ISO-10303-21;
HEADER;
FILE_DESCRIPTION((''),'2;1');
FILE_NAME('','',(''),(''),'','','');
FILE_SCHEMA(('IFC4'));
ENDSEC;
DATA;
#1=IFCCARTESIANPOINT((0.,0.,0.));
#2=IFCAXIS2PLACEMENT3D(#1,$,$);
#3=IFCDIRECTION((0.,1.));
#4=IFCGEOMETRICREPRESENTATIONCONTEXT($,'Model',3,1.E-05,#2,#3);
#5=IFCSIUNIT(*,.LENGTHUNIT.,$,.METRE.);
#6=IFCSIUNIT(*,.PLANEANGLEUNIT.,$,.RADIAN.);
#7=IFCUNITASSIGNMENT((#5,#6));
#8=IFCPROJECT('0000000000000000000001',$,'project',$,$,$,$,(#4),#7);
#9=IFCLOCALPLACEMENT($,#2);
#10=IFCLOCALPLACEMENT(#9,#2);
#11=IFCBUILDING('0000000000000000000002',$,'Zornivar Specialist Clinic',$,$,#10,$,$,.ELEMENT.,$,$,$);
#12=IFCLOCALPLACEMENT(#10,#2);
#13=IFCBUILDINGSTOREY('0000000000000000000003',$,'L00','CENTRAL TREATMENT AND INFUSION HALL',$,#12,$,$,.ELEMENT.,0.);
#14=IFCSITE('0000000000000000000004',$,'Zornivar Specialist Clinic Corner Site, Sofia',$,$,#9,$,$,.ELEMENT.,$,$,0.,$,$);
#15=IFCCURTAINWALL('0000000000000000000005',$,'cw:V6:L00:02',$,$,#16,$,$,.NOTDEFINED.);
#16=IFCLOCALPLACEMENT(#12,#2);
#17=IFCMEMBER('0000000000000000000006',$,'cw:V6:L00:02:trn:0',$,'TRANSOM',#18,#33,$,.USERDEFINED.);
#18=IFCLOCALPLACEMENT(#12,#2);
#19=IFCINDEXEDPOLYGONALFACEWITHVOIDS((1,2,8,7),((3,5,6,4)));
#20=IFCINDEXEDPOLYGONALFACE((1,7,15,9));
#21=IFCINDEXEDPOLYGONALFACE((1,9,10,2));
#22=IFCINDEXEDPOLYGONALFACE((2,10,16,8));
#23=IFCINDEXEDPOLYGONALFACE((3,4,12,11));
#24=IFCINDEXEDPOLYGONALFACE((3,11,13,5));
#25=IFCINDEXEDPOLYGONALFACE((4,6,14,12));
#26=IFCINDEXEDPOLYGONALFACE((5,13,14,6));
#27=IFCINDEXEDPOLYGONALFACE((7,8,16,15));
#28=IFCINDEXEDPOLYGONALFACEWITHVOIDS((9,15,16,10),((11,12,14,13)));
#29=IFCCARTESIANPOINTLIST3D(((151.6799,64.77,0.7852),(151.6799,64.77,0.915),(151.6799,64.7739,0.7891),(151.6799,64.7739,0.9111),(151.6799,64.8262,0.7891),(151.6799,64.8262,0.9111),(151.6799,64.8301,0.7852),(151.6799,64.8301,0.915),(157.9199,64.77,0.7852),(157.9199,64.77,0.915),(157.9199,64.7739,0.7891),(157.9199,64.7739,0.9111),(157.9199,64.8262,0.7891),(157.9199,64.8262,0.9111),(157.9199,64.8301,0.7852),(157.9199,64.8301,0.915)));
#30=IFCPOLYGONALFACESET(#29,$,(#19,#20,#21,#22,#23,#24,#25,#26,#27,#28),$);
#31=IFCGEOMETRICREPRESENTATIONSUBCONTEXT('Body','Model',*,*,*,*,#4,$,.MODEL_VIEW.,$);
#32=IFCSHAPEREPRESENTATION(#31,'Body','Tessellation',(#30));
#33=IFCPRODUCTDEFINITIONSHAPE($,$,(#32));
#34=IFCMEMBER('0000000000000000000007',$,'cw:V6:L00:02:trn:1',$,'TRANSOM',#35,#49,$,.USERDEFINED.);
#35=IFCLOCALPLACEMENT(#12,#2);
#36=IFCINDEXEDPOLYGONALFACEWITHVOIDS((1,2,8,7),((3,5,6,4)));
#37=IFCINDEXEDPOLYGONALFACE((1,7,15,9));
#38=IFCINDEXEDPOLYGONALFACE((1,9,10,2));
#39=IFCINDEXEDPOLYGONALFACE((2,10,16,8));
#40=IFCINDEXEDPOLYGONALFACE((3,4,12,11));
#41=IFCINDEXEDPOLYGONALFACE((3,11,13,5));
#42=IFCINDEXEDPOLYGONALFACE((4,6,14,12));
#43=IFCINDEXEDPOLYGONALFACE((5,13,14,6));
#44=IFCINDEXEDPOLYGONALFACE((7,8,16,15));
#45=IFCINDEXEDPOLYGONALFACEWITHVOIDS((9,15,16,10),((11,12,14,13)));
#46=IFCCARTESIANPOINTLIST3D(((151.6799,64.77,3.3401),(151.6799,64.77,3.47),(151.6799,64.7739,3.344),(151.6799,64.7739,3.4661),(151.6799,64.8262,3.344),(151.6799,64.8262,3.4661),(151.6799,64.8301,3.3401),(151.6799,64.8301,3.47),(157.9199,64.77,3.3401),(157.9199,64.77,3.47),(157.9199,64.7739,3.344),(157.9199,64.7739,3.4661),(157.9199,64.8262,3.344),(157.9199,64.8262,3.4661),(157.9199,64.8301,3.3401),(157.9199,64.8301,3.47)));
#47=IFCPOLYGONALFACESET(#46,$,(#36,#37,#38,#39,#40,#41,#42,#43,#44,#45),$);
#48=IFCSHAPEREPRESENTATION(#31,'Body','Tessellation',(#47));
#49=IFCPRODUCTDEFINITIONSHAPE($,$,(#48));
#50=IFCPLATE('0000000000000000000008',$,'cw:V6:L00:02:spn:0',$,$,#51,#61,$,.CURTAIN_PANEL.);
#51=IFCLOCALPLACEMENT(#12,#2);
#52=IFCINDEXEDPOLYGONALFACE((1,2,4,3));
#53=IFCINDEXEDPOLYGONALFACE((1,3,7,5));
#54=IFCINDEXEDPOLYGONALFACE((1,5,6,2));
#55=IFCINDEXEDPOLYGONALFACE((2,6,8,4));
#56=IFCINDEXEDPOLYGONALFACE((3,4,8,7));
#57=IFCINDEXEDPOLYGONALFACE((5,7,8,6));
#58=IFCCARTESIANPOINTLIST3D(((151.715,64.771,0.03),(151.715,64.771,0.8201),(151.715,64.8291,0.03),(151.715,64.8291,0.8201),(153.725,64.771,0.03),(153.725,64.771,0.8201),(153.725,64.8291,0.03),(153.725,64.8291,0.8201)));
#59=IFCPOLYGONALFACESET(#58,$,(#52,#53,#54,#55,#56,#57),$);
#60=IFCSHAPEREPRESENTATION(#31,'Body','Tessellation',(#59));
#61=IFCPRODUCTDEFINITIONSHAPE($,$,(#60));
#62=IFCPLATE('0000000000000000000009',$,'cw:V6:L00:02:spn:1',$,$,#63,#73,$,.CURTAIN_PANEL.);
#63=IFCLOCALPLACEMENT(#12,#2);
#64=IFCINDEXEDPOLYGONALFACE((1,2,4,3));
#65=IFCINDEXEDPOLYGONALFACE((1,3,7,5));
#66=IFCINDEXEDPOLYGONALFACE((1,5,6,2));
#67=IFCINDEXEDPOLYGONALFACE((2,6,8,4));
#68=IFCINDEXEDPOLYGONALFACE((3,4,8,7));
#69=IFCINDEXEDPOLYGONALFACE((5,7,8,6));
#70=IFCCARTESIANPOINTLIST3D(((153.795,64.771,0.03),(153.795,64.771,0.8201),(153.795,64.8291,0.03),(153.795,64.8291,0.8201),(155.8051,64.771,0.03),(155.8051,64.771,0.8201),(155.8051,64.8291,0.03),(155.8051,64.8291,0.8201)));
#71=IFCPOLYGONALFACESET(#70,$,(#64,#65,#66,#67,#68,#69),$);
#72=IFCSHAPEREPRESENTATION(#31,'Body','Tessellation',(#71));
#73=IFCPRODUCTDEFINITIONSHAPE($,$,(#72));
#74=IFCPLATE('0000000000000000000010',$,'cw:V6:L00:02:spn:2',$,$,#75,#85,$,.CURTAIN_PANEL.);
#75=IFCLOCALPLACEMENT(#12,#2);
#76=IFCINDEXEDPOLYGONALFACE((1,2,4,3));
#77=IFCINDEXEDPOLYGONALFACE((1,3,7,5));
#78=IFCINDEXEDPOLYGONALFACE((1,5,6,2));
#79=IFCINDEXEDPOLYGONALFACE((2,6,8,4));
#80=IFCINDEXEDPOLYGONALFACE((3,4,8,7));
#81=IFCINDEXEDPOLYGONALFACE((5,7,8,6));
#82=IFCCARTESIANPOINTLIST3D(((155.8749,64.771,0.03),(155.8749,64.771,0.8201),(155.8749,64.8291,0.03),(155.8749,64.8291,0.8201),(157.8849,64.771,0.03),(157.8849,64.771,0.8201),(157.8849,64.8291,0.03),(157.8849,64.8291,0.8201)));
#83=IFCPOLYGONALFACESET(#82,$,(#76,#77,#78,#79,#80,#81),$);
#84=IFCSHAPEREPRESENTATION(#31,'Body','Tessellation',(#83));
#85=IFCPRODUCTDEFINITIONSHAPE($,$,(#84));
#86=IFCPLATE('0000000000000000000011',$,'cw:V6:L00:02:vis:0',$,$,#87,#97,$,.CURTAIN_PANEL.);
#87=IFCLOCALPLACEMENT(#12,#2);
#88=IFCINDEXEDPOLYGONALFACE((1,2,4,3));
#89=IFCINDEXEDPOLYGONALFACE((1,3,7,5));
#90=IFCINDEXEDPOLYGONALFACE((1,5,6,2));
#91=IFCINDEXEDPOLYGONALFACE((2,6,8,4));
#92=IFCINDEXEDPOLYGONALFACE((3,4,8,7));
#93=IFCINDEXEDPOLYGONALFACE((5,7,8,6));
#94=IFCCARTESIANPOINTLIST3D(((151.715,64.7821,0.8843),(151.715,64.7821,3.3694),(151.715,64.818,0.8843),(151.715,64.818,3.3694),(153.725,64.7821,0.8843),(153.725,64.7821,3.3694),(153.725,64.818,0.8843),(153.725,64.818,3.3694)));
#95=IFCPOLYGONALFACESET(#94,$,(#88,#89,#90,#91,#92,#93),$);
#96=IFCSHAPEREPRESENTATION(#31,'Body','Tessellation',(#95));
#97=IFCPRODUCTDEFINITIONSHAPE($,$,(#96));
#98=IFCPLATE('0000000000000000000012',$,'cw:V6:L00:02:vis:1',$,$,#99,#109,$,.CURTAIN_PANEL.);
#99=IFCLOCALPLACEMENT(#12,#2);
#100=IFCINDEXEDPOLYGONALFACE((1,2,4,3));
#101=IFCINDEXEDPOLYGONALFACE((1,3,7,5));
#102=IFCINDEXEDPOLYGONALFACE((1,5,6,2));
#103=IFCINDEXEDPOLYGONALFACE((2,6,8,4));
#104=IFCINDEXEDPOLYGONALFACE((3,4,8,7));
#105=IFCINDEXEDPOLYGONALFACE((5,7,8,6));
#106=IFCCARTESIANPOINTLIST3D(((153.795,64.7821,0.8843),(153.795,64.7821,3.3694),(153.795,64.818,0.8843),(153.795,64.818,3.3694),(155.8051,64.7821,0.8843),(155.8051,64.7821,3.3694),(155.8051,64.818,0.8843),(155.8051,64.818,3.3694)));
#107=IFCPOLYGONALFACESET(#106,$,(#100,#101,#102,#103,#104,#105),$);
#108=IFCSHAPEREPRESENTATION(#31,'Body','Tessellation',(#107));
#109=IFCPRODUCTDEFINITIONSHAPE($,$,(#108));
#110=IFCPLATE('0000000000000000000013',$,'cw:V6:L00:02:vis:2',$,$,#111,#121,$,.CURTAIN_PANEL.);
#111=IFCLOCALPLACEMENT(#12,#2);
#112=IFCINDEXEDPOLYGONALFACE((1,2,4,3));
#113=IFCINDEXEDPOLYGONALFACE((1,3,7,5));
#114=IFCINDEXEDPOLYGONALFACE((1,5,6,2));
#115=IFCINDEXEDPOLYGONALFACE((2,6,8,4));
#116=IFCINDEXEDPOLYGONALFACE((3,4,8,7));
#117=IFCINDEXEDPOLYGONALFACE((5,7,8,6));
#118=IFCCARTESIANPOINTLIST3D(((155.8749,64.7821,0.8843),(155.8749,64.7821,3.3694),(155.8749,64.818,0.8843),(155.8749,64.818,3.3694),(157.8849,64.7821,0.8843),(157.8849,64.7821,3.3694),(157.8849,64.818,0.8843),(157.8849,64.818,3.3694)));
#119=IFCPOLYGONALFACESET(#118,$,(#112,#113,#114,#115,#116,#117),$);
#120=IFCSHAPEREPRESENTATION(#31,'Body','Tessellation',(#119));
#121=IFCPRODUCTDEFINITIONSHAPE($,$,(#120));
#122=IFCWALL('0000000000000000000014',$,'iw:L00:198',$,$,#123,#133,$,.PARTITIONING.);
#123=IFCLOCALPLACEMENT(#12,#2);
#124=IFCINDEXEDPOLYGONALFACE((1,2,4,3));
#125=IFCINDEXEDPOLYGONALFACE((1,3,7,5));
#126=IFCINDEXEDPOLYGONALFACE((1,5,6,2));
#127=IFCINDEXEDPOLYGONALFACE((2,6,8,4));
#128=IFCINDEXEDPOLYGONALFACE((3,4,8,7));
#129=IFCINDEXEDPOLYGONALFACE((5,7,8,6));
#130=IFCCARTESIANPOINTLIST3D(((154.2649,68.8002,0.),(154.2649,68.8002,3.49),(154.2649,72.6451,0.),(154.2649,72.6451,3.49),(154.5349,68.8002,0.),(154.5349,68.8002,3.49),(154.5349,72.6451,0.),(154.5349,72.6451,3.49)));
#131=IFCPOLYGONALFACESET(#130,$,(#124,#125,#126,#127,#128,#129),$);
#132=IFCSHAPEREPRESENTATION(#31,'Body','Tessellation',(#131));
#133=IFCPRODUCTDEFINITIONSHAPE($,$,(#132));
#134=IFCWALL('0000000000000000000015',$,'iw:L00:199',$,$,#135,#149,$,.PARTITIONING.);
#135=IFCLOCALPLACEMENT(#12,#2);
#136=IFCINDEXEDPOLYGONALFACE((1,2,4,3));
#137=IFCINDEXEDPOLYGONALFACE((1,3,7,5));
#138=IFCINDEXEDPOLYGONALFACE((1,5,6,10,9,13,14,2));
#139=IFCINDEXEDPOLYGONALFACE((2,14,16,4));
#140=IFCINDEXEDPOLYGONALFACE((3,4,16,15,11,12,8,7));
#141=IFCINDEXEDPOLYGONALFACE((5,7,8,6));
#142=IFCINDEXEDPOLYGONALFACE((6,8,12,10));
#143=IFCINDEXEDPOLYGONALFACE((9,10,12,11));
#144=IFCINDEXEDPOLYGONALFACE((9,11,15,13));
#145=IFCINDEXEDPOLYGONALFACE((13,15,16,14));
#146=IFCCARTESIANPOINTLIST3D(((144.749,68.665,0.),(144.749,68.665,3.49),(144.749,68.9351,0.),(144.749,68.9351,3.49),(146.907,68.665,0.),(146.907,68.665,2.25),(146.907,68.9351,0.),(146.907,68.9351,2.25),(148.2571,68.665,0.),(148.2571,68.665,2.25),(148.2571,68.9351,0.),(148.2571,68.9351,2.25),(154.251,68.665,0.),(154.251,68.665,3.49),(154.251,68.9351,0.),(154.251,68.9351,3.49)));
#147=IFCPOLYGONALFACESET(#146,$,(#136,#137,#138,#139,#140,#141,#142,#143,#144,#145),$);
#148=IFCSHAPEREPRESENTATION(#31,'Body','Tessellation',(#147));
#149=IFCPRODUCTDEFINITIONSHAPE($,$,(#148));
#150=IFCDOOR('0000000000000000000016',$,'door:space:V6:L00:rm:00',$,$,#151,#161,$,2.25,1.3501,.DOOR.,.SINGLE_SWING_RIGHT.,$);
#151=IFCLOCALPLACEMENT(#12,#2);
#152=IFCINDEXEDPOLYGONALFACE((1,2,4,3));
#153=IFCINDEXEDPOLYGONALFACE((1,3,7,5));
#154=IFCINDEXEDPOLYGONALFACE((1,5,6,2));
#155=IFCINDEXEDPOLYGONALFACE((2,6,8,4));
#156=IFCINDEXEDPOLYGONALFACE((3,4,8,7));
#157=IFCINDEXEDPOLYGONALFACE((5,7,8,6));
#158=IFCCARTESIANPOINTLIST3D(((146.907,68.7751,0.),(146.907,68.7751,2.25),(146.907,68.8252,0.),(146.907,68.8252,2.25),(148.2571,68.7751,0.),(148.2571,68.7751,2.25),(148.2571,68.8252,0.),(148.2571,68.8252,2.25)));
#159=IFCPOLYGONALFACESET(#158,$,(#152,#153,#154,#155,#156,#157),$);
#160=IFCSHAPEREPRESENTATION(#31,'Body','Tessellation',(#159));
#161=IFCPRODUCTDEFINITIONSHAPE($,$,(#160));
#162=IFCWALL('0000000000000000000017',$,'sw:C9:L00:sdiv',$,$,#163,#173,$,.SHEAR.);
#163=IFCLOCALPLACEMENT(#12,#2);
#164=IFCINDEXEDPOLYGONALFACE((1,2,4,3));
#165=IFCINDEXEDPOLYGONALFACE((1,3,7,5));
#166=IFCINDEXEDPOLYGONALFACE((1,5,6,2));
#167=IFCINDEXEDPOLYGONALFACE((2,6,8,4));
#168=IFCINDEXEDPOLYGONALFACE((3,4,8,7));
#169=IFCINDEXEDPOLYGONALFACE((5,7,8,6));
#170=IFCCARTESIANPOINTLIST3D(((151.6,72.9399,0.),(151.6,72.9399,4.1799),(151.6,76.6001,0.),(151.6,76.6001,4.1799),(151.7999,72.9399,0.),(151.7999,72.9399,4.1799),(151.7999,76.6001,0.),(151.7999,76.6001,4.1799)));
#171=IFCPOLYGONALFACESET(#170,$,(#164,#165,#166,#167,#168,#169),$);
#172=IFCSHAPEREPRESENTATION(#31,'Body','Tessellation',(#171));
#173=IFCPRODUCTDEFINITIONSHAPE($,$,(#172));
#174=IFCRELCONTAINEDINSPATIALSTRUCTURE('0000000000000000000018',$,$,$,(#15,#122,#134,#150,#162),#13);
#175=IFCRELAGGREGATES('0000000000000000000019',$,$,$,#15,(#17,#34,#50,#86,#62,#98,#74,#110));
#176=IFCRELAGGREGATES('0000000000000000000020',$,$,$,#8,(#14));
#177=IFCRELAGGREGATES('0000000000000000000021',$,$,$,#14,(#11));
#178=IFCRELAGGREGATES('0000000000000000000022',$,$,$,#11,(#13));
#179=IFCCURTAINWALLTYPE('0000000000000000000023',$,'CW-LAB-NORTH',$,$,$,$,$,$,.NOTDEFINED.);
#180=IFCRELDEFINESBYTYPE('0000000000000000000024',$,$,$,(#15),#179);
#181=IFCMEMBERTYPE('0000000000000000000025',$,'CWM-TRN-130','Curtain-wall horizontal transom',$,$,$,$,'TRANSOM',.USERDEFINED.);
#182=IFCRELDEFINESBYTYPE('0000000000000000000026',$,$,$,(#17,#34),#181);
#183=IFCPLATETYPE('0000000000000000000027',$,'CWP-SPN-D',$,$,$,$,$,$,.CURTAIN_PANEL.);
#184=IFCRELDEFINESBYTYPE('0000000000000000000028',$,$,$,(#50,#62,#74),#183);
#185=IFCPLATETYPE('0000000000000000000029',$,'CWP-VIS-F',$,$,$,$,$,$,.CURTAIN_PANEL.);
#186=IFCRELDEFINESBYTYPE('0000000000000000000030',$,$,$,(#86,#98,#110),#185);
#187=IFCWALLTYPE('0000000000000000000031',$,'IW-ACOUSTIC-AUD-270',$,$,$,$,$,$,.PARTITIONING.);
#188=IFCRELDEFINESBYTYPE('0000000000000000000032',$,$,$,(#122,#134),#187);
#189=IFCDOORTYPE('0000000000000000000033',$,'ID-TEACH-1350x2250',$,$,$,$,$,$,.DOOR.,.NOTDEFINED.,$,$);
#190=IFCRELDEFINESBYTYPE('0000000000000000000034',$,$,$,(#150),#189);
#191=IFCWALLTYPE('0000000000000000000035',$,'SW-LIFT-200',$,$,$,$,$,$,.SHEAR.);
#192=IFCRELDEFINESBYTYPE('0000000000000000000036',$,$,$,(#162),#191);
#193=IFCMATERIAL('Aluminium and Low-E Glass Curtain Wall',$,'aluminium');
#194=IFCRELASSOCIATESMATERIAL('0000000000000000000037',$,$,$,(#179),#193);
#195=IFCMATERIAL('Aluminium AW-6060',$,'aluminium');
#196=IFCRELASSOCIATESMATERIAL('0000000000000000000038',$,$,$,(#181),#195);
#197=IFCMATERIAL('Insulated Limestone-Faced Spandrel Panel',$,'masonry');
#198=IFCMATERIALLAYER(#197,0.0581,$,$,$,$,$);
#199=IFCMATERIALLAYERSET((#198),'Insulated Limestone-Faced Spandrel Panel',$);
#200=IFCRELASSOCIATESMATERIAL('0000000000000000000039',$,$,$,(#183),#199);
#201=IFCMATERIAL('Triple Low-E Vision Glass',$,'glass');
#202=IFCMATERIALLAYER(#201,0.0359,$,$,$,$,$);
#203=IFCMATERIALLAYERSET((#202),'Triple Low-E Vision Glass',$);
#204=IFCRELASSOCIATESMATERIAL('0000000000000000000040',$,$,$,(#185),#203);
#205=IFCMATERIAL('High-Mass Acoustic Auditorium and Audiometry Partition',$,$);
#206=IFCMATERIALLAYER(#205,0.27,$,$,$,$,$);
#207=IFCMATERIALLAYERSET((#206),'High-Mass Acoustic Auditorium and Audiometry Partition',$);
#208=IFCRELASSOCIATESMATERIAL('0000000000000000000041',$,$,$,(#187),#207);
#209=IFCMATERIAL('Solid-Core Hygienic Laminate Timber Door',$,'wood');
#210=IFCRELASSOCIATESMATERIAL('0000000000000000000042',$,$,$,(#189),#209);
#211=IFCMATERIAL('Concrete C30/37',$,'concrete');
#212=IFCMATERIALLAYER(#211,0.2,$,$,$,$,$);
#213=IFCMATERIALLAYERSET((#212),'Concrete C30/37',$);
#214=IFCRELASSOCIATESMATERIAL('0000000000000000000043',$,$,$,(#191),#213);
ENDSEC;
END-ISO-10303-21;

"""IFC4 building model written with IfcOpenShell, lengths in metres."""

from ifc_helpers import new_model, si_unit, direction, frame, frame_2d, origin, origin_2d, place, context, subcontext, project, spatial, rectangle, hollow_rectangle, extrude, material, layer, layer_set, material_profile, profile_set, type_object, element, fill, aggregate, save


model = new_model("IFC4")

# Units and contexts
model_context = context("Model", 3, precision=1e-05, world=origin(), true_north=direction((0.0, 1.0)))
body_context = subcontext(model_context, "Body", "Model", "MODEL_VIEW")
ifc_project = project(units=[si_unit("LENGTHUNIT", "METRE"), si_unit("PLANEANGLEUNIT", "RADIAN")], contexts=[model_context])

# Site, building, storey
site_placement = place(None, origin())
site = spatial("IfcSite", under=ifc_project, at=site_placement, Name="Zornivar Specialist Clinic Corner Site, Sofia", CompositionType="ELEMENT", RefElevation=0.0)
building_placement = place(site_placement, origin())
building = spatial("IfcBuilding", under=site, at=building_placement, Name="Zornivar Specialist Clinic", CompositionType="ELEMENT")
storey_placement = place(building_placement, origin())
storey = spatial("IfcBuildingStorey", under=building, at=storey_placement, Name="L00", Description="CENTRAL TREATMENT AND INFUSION HALL", CompositionType="ELEMENT", Elevation=0.0)

# Curtain wall, members, plates
ifc_material_1 = material(Name="Aluminium and Low-E Glass Curtain Wall", Category="aluminium")
curtain_wall_type = type_object("IfcCurtainWallType", Name="CW-LAB-NORTH", PredefinedType="NOTDEFINED", material=ifc_material_1)
curtain_wall_placement = place(storey_placement, origin())
curtain_wall = element("IfcCurtainWall", 1, at=curtain_wall_placement, inside=storey, type_object=curtain_wall_type, Name="cw:V6:L00:02", PredefinedType="NOTDEFINED")
ifc_material_2 = material(Name="Aluminium AW-6060", Category="aluminium")
ifc_material_profile_1 = material_profile(ifc_material_2, hollow_rectangle(XDim=0.0601, YDim=0.1299, WallThickness=0.0039, at=origin_2d()), Name="ALU 60x130x4")
ifc_profile_set_1 = profile_set([ifc_material_profile_1], Name="Aluminium AW-6060")
member_type_1 = type_object("IfcMemberType", Name="CWM-TRN-130", Description="Curtain-wall horizontal transom", ElementType="TRANSOM", PredefinedType="USERDEFINED", material=ifc_profile_set_1)
member_1_placement = place(storey_placement, frame((151.6799, 64.8, 0.8501), z_axis=(1.0, 0.0, 0.0), x_axis=(0.0, 1.0, 0.0)))
member_1 = element("IfcMember", 2, at=member_1_placement, type_object=member_type_1, Name="cw:V6:L00:02:trn:0", ObjectType="TRANSOM", PredefinedType="USERDEFINED", context=body_context, shape_type="SweptSolid", body=[
    extrude(hollow_rectangle(XDim=0.0601, YDim=0.1299, WallThickness=0.0039, at=origin_2d()), origin(), (0.0, 0.0, 1.0), 6.24),
])
member_2_placement = place(storey_placement, frame((151.6799, 64.8, 3.405), z_axis=(1.0, 0.0, 0.0), x_axis=(0.0, 1.0, 0.0)))
member_2 = element("IfcMember", 3, at=member_2_placement, type_object=member_type_1, Name="cw:V6:L00:02:trn:1", ObjectType="TRANSOM", PredefinedType="USERDEFINED", context=body_context, shape_type="SweptSolid", body=[
    extrude(hollow_rectangle(XDim=0.0601, YDim=0.1299, WallThickness=0.0039, at=origin_2d()), origin(), (0.0, 0.0, 1.0), 6.24),
])
ifc_material_3 = material(Name="Insulated Limestone-Faced Spandrel Panel", Category="masonry")
ifc_layer_1 = layer(ifc_material_3, 0.0581)
ifc_layer_set_1 = layer_set([ifc_layer_1], Name="Insulated Limestone-Faced Spandrel Panel")
plate_type_1 = type_object("IfcPlateType", Name="CWP-SPN-D", PredefinedType="CURTAIN_PANEL", material=ifc_layer_set_1)
plate_1_placement = place(storey_placement, frame((152.72, 64.8, 0.03), z_axis=(0.0, 0.0, 1.0), x_axis=(1.0, 0.0, 0.0)))
plate_1 = element("IfcPlate", 4, at=plate_1_placement, type_object=plate_type_1, Name="cw:V6:L00:02:spn:0", PredefinedType="CURTAIN_PANEL", context=body_context, shape_type="SweptSolid", body=[
    extrude(rectangle(XDim=2.01, YDim=0.0581, at=origin_2d()), origin(), (0.0, 0.0, 1.0), 0.79),
])
plate_2_placement = place(storey_placement, frame((154.8, 64.8, 0.03), z_axis=(0.0, 0.0, 1.0), x_axis=(1.0, 0.0, 0.0)))
plate_2 = element("IfcPlate", 5, at=plate_2_placement, type_object=plate_type_1, Name="cw:V6:L00:02:spn:1", PredefinedType="CURTAIN_PANEL", context=body_context, shape_type="SweptSolid", body=[
    extrude(rectangle(XDim=2.01, YDim=0.0581, at=origin_2d()), origin(), (0.0, 0.0, 1.0), 0.79),
])
plate_3_placement = place(storey_placement, frame((156.8799, 64.8, 0.03), z_axis=(0.0, 0.0, 1.0), x_axis=(1.0, 0.0, 0.0)))
plate_3 = element("IfcPlate", 6, at=plate_3_placement, type_object=plate_type_1, Name="cw:V6:L00:02:spn:2", PredefinedType="CURTAIN_PANEL", context=body_context, shape_type="SweptSolid", body=[
    extrude(rectangle(XDim=2.01, YDim=0.0581, at=origin_2d()), origin(), (0.0, 0.0, 1.0), 0.79),
])
ifc_material_4 = material(Name="Triple Low-E Vision Glass", Category="glass")
ifc_layer_2 = layer(ifc_material_4, 0.0359)
ifc_layer_set_2 = layer_set([ifc_layer_2], Name="Triple Low-E Vision Glass")
plate_type_2 = type_object("IfcPlateType", Name="CWP-VIS-F", PredefinedType="CURTAIN_PANEL", material=ifc_layer_set_2)
plate_4_placement = place(storey_placement, frame((152.72, 64.8, 0.8843), z_axis=(0.0, 0.0, 1.0), x_axis=(1.0, 0.0, 0.0)))
plate_4 = element("IfcPlate", 7, at=plate_4_placement, type_object=plate_type_2, Name="cw:V6:L00:02:vis:0", PredefinedType="CURTAIN_PANEL", context=body_context, shape_type="SweptSolid", body=[
    extrude(rectangle(XDim=2.01, YDim=0.0359, at=origin_2d()), origin(), (0.0, 0.0, 1.0), 2.4851),
])
plate_5_placement = place(storey_placement, frame((154.8, 64.8, 0.8843), z_axis=(0.0, 0.0, 1.0), x_axis=(1.0, 0.0, 0.0)))
plate_5 = element("IfcPlate", 8, at=plate_5_placement, type_object=plate_type_2, Name="cw:V6:L00:02:vis:1", PredefinedType="CURTAIN_PANEL", context=body_context, shape_type="SweptSolid", body=[
    extrude(rectangle(XDim=2.01, YDim=0.0359, at=origin_2d()), origin(), (0.0, 0.0, 1.0), 2.4851),
])
plate_6_placement = place(storey_placement, frame((156.8799, 64.8, 0.8843), z_axis=(0.0, 0.0, 1.0), x_axis=(1.0, 0.0, 0.0)))
plate_6 = element("IfcPlate", 9, at=plate_6_placement, type_object=plate_type_2, Name="cw:V6:L00:02:vis:2", PredefinedType="CURTAIN_PANEL", context=body_context, shape_type="SweptSolid", body=[
    extrude(rectangle(XDim=2.01, YDim=0.0359, at=origin_2d()), origin(), (0.0, 0.0, 1.0), 2.4851),
])
aggregate(curtain_wall, [member_1, member_2, plate_1, plate_4, plate_2, plate_5, plate_3, plate_6])

# Wall
ifc_material_5 = material(Name="High-Mass Acoustic Auditorium and Audiometry Partition")
ifc_layer_3 = layer(ifc_material_5, 0.27)
ifc_layer_set_3 = layer_set([ifc_layer_3], Name="High-Mass Acoustic Auditorium and Audiometry Partition")
wall_type_1 = type_object("IfcWallType", Name="IW-ACOUSTIC-AUD-270", PredefinedType="PARTITIONING", material=ifc_layer_set_3)
wall_1_placement = place(storey_placement, frame((154.3999, 72.645, 0.0), z_axis=(0.0, 0.0, 1.0), x_axis=(0.0, -1.0, 0.0)))
element("IfcWall", 10, at=wall_1_placement, inside=storey, type_object=wall_type_1, Name="iw:L00:198", PredefinedType="PARTITIONING", context=body_context, shape_type="SweptSolid", body=[
    extrude(rectangle(XDim=3.845, YDim=0.27, at=frame_2d((1.9224, 0.0))), origin(), (0.0, 0.0, 1.0), 3.49),
])

# Wall, opening, door
wall_2_placement = place(storey_placement, frame((154.251, 68.8, 0.0), z_axis=(0.0, 0.0, 1.0), x_axis=(-1.0, 0.0, 0.0)))
wall_2 = element("IfcWall", 11, at=wall_2_placement, inside=storey, type_object=wall_type_1, Name="iw:L00:199", PredefinedType="PARTITIONING", context=body_context, shape_type="SweptSolid", body=[
    extrude(rectangle(XDim=9.502, YDim=0.27, at=frame_2d((4.751, 0.0))), origin(), (0.0, 0.0, 1.0), 3.49),
])
opening_placement = place(wall_2_placement, frame((5.9939, 0.0, 0.0)))
opening = element("IfcOpeningElement", 12, at=opening_placement, cuts=wall_2, PredefinedType="OPENING", context=body_context, shape_type="SweptSolid", body=[
    extrude(rectangle(XDim=1.3501, YDim=2.25, at=frame_2d((0.675, 1.125))), frame((0.0, 0.145, 0.0), z_axis=(0.0, -1.0, 0.0), x_axis=(1.0, 0.0, 0.0)), (0.0, 0.0, 1.0), 0.29),
])
ifc_material_6 = material(Name="Solid-Core Hygienic Laminate Timber Door", Category="wood")
door_type = type_object("IfcDoorType", Name="ID-TEACH-1350x2250", OperationType="NOTDEFINED", PredefinedType="DOOR", material=ifc_material_6)
door_placement = place(opening_placement, origin())
door = element("IfcDoor", 13, at=door_placement, inside=storey, type_object=door_type, Name="door:space:V6:L00:rm:00", OperationType="SINGLE_SWING_RIGHT", OverallHeight=2.25, OverallWidth=1.3501, PredefinedType="DOOR", context=body_context, shape_type="SweptSolid", body=[
    extrude(rectangle(XDim=1.3501, YDim=2.25, at=frame_2d((0.675, 1.125))), frame((0.0, 0.0249, 0.0), z_axis=(0.0, -1.0, 0.0), x_axis=(1.0, 0.0, 0.0)), (0.0, 0.0, 1.0), 0.05),
])
fill(opening, door)

# Wall
ifc_material_7 = material(Name="Concrete C30/37", Category="concrete")
ifc_layer_4 = layer(ifc_material_7, 0.2)
ifc_layer_set_4 = layer_set([ifc_layer_4], Name="Concrete C30/37")
wall_type_2 = type_object("IfcWallType", Name="SW-LIFT-200", PredefinedType="SHEAR", material=ifc_layer_set_4)
wall_3_placement = place(storey_placement, frame((151.7, 72.9399, 0.0), z_axis=(0.0, 0.0, 1.0), x_axis=(0.0, 1.0, 0.0)))
element("IfcWall", 14, at=wall_3_placement, inside=storey, type_object=wall_type_2, Name="sw:C9:L00:sdiv", PredefinedType="SHEAR", context=body_context, shape_type="SweptSolid", body=[
    extrude(rectangle(XDim=3.6602, YDim=0.2, at=frame_2d((1.8301, 0.0))), origin(), (0.0, 0.0, 1.0), 4.1799),
])

save(model, "model.ifc")
